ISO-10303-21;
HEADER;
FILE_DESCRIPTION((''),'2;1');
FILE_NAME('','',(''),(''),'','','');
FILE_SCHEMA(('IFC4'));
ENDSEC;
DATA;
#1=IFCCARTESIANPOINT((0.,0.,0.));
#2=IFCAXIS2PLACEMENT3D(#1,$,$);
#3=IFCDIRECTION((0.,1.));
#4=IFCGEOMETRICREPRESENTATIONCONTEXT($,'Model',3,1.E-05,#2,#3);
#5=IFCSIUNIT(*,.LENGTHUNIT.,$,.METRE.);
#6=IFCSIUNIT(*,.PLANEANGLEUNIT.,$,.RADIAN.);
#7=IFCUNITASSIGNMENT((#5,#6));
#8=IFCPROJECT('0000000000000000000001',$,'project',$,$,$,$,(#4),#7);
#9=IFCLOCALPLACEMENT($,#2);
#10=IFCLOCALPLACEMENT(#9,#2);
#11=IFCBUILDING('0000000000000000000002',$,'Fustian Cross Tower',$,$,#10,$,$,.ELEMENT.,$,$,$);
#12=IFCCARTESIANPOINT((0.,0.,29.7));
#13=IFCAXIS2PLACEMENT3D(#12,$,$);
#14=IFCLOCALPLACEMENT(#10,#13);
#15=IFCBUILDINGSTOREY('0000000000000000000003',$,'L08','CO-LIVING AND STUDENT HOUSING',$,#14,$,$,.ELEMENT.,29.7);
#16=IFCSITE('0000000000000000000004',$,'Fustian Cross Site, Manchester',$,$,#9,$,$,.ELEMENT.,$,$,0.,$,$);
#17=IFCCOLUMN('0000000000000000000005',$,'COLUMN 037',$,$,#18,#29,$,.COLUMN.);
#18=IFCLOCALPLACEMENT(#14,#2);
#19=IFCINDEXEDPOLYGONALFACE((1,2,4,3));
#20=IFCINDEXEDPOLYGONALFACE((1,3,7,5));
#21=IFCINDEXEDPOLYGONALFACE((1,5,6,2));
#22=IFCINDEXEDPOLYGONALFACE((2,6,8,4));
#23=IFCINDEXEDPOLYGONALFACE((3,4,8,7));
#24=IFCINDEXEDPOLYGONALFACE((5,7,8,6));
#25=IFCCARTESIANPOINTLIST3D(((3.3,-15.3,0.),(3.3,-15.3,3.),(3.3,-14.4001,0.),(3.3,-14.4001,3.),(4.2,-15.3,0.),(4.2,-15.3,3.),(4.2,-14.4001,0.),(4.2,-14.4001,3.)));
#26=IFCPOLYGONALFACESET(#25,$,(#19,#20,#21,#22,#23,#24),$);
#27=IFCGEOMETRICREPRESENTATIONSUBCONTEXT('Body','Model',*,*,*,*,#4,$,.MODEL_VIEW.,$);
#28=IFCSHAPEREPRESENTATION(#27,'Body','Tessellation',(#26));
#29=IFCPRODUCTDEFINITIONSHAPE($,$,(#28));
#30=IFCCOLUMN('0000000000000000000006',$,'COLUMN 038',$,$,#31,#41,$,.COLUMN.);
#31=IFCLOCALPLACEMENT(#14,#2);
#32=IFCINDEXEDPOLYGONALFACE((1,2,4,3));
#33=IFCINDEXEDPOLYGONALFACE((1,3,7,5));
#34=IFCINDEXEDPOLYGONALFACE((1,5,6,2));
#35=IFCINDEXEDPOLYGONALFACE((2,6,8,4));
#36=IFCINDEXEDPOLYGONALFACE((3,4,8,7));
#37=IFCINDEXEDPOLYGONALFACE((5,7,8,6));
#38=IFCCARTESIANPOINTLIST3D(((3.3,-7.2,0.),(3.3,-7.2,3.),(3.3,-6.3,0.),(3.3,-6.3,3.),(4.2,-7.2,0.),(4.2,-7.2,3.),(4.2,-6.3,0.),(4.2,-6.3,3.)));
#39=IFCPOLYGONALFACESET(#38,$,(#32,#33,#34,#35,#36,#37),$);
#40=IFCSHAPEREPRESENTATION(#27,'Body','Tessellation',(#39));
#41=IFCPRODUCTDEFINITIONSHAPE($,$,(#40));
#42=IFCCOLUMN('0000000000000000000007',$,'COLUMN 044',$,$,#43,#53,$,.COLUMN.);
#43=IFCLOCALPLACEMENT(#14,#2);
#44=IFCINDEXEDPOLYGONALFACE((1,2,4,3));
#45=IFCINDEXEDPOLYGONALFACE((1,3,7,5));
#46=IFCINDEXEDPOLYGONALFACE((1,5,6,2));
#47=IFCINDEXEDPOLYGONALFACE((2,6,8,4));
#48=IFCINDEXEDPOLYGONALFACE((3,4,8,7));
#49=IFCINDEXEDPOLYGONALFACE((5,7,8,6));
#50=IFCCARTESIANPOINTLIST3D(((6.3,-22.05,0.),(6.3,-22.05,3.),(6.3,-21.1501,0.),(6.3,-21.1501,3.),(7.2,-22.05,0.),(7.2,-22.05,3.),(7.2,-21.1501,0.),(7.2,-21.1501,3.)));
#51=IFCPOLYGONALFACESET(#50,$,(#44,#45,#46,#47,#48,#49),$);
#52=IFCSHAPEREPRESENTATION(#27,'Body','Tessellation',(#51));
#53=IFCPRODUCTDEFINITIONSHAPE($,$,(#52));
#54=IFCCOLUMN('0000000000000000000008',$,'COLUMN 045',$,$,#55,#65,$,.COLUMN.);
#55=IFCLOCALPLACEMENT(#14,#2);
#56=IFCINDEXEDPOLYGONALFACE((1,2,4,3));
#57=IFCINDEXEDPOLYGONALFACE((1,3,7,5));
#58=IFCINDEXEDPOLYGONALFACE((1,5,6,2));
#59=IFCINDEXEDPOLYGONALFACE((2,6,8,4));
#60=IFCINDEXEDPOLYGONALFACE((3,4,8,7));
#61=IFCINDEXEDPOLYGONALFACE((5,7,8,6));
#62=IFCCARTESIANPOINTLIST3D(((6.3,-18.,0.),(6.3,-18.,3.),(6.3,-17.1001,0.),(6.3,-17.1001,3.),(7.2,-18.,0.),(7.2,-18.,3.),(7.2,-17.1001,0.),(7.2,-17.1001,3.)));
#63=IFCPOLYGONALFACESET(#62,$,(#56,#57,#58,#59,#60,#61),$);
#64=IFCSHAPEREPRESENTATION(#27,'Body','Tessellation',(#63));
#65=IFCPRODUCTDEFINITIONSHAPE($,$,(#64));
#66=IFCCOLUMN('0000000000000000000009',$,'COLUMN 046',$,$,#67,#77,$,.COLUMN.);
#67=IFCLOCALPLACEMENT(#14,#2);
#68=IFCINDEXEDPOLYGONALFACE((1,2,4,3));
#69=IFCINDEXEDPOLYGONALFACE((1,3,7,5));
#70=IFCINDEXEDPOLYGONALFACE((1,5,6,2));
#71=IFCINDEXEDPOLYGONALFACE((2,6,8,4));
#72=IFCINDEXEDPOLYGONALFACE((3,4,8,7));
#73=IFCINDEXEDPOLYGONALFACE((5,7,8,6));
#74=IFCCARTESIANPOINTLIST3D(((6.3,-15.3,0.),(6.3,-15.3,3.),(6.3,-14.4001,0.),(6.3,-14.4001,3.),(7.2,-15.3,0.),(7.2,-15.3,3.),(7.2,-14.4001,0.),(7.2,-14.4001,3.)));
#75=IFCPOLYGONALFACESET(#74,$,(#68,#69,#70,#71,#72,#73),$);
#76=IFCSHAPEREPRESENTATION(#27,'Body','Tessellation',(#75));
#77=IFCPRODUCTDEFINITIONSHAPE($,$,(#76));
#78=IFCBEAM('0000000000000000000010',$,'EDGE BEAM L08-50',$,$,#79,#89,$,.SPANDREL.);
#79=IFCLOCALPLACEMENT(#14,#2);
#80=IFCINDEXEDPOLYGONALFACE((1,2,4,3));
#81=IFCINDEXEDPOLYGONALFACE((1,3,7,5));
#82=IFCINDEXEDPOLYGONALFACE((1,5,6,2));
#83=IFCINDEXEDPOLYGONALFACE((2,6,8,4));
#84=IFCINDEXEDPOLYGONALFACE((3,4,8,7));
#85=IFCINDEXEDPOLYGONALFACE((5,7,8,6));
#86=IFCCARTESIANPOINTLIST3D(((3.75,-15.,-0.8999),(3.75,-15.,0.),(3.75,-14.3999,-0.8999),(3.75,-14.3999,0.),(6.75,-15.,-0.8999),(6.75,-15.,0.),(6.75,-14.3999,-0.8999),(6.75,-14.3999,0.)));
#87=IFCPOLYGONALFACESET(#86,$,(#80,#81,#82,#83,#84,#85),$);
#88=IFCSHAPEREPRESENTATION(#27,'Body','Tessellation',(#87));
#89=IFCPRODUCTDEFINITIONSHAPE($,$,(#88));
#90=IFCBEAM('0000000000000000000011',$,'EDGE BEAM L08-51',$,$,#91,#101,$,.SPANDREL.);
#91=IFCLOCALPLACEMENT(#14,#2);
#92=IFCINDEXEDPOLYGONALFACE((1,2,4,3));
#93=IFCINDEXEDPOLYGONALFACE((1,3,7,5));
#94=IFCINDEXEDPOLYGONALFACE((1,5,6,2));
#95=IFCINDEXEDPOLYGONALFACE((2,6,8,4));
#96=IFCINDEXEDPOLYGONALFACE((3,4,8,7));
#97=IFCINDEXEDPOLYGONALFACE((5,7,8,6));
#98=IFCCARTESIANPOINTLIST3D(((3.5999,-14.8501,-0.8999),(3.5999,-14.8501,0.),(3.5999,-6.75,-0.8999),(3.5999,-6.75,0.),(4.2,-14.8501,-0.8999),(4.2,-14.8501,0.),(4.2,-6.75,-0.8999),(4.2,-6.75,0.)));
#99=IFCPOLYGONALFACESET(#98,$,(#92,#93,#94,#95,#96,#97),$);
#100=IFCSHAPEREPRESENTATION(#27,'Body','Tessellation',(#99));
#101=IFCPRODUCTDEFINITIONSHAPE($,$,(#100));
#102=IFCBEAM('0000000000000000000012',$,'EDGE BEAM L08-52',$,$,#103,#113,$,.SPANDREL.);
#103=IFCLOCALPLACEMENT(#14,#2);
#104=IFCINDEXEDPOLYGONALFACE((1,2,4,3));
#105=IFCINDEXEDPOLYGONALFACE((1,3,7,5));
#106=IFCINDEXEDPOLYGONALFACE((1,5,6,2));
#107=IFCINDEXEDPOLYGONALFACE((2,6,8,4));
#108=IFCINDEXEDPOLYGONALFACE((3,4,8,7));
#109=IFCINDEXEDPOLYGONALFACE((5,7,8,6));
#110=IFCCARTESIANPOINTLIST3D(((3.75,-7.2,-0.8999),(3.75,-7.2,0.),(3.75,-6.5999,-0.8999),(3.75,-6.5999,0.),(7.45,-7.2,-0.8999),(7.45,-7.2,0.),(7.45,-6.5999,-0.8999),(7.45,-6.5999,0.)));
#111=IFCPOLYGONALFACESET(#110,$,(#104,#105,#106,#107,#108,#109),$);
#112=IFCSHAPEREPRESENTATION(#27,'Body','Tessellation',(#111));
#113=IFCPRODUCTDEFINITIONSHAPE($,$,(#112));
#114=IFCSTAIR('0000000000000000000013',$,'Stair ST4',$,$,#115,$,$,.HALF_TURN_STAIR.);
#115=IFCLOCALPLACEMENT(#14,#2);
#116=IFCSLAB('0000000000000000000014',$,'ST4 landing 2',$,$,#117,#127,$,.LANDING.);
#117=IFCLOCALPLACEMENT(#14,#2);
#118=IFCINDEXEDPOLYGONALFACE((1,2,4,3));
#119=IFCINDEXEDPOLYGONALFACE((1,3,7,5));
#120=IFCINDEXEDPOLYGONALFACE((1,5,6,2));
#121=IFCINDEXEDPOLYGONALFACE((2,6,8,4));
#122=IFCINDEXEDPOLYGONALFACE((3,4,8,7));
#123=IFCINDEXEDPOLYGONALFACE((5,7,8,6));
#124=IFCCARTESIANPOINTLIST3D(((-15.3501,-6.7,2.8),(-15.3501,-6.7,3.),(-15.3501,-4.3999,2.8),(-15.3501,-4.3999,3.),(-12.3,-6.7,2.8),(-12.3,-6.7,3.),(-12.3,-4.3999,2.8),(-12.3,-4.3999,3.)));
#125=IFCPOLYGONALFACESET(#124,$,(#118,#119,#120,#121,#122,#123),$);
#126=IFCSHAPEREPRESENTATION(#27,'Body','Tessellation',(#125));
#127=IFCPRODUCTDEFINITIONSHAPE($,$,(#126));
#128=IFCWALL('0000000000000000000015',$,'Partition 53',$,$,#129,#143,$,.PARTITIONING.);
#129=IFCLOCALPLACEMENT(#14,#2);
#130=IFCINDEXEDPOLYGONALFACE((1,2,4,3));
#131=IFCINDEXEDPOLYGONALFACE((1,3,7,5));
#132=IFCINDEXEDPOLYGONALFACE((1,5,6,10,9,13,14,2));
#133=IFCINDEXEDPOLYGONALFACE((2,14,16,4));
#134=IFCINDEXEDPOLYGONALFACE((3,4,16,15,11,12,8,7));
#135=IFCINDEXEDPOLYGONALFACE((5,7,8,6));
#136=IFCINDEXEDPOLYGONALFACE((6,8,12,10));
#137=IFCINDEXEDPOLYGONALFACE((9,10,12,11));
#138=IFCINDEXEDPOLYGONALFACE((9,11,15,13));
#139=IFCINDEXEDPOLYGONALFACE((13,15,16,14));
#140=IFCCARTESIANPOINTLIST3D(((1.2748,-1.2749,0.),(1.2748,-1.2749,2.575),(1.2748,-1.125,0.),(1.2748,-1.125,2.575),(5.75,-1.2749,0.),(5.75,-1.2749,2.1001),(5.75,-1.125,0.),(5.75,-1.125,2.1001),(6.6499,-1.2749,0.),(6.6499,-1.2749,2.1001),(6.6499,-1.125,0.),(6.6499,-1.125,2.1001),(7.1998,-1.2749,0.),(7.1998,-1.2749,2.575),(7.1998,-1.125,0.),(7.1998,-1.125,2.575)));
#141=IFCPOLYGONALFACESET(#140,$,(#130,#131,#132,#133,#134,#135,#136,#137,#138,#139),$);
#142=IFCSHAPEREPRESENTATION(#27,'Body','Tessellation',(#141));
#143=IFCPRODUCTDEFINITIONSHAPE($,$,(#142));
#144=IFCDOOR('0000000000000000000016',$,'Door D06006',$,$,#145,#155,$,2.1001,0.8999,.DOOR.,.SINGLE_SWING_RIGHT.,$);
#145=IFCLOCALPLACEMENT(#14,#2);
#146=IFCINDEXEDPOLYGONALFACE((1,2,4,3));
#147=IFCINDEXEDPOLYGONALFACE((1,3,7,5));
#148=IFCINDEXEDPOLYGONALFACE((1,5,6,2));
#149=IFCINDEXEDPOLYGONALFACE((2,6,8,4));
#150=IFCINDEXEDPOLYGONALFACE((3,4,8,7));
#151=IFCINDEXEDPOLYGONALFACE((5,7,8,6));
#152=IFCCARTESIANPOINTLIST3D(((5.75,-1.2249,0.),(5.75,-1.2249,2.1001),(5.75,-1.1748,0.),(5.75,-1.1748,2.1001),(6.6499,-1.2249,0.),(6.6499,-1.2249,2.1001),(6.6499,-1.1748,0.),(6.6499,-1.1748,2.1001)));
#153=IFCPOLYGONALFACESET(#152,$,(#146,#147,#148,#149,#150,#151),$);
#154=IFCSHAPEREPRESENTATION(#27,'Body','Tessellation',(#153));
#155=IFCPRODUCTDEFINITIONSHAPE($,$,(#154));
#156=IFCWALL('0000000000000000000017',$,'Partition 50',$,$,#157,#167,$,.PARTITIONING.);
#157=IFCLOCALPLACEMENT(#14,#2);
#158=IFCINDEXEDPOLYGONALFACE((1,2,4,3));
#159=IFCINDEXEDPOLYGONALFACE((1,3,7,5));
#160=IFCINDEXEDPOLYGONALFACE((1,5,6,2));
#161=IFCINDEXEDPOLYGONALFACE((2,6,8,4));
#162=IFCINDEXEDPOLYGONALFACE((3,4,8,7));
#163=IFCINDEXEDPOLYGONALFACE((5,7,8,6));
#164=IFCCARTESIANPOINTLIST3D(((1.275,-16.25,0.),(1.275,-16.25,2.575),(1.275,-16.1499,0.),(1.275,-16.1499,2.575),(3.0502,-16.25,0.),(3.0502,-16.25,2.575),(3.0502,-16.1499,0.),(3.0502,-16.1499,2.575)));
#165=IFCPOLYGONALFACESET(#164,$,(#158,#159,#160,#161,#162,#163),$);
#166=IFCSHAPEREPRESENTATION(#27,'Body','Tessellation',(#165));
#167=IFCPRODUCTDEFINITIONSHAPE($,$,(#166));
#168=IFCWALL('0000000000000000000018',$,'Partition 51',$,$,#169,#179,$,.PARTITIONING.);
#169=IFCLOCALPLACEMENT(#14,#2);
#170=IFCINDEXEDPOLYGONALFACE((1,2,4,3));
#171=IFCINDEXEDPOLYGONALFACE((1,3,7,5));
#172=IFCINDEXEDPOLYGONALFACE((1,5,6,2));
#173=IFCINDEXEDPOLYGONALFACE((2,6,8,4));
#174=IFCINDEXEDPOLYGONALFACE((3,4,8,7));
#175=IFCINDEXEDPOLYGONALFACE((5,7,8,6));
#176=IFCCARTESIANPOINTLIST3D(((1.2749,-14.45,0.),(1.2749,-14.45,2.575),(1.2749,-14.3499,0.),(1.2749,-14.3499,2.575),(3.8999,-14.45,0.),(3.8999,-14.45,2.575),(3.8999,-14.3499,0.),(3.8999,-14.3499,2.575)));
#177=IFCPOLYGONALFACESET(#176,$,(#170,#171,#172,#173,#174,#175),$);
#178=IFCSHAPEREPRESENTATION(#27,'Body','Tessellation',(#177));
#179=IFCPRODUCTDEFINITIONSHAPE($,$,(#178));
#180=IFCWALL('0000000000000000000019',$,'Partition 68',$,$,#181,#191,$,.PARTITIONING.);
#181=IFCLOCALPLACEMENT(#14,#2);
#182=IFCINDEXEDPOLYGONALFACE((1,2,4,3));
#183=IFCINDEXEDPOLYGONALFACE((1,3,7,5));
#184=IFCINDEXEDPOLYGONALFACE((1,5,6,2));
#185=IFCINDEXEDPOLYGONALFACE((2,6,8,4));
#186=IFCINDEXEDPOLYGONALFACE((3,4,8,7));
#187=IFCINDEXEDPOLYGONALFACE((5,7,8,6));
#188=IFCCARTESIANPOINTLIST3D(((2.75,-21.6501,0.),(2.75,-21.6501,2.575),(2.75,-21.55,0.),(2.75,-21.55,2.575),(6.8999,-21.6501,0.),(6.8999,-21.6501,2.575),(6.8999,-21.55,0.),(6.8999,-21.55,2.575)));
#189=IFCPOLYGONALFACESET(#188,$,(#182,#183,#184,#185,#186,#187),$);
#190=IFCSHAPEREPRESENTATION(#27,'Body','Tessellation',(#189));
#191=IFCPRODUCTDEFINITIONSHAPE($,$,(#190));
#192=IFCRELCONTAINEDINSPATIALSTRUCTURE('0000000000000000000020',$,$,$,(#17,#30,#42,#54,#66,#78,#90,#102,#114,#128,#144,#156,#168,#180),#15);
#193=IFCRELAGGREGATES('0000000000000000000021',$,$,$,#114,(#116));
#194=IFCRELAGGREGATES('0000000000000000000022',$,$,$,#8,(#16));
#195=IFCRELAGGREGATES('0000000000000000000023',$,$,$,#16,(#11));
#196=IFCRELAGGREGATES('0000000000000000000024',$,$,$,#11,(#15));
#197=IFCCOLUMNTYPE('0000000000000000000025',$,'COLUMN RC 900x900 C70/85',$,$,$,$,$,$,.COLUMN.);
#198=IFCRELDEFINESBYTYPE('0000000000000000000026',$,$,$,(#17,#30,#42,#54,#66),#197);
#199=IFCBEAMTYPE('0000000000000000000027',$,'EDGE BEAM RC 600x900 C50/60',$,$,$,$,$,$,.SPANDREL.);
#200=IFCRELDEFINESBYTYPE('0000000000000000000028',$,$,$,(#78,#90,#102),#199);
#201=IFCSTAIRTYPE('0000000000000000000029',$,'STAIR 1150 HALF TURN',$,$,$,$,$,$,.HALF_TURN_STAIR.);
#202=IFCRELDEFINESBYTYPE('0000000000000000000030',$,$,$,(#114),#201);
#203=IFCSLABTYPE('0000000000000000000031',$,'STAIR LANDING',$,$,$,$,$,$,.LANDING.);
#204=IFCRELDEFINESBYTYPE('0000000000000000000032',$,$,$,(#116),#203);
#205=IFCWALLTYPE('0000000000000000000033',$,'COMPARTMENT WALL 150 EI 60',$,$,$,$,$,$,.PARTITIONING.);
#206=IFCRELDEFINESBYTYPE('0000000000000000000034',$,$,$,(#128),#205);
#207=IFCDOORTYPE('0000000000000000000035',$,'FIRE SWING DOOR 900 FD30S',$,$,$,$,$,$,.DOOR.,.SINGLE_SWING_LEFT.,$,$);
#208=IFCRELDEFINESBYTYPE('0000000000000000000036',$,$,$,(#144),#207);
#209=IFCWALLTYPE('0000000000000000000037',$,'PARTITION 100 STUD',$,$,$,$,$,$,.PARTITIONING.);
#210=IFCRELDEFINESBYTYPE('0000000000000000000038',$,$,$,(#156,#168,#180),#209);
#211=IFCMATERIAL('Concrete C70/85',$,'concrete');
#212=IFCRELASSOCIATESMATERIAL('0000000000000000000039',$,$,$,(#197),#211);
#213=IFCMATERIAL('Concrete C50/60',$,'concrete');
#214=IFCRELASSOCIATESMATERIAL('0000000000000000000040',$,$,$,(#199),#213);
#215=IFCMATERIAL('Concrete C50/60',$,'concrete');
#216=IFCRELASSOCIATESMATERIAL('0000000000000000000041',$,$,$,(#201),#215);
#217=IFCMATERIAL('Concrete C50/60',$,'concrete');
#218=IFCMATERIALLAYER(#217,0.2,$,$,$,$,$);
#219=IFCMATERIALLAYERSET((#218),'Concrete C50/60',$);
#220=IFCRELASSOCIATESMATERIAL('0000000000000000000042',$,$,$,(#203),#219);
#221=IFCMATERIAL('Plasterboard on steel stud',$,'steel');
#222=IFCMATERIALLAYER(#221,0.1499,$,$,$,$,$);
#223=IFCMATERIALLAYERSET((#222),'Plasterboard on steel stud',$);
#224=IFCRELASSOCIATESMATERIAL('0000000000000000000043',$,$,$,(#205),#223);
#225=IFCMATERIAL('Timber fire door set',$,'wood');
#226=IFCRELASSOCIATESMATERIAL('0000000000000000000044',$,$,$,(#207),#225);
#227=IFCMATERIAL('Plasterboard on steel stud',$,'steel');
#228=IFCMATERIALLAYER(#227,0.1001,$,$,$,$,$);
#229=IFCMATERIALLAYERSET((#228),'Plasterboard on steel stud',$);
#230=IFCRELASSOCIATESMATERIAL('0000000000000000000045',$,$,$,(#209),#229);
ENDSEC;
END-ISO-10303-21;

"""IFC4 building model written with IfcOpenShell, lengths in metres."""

from ifc_helpers import new_model, si_unit, direction, frame, frame_2d, origin, origin_2d, place, context, subcontext, project, spatial, polyline, rectangle, outline, extrude, material, layer, layer_set, material_profile, profile_set, type_object, element, fill, aggregate, save


model = new_model("IFC4")

# Units and contexts
model_context = context("Model", 3, precision=1e-05, world=origin(), true_north=direction((0.0, 1.0)))
body_context = subcontext(model_context, "Body", "Model", "MODEL_VIEW")
ifc_project = project(units=[si_unit("LENGTHUNIT", "METRE"), si_unit("PLANEANGLEUNIT", "RADIAN")], contexts=[model_context])

# Site, building, storey
site_placement = place(None, origin())
site = spatial("IfcSite", under=ifc_project, at=site_placement, Name="Fustian Cross Site, Manchester", CompositionType="ELEMENT", RefElevation=0.0)
building_placement = place(site_placement, origin())
building = spatial("IfcBuilding", under=site, at=building_placement, Name="Fustian Cross Tower", CompositionType="ELEMENT")
storey_placement = place(building_placement, frame((0.0, 0.0, 29.7)))
storey = spatial("IfcBuildingStorey", under=building, at=storey_placement, Name="L08", Description="CO-LIVING AND STUDENT HOUSING", CompositionType="ELEMENT", Elevation=29.7)

# Columns
ifc_material_1 = material(Name="Concrete C70/85", Category="concrete")
ifc_material_profile_1 = material_profile(ifc_material_1, rectangle(XDim=0.8999, YDim=0.8999, at=origin_2d()), Name="RC 900x900")
ifc_profile_set_1 = profile_set([ifc_material_profile_1], Name="Concrete C70/85")
column_type = type_object("IfcColumnType", Name="COLUMN RC 900x900 C70/85", PredefinedType="COLUMN", material=ifc_profile_set_1)
for number, where, z_axis, x_axis, name in (
    (1, (3.75, -14.8501, 0.0), (0.0, 0.0, 1.0), (1.0, 0.0, 0.0), "COLUMN 037"),
    (2, (3.75, -6.75, 0.0), (0.0, 0.0, 1.0), (1.0, 0.0, 0.0), "COLUMN 038"),
    (3, (6.75, -21.6001, 0.0), (0.0, 0.0, 1.0), (1.0, 0.0, 0.0), "COLUMN 044"),
    (4, (6.75, -17.55, 0.0), (0.0, 0.0, 1.0), (1.0, 0.0, 0.0), "COLUMN 045"),
    (5, (6.75, -14.8501, 0.0), (0.0, 0.0, 1.0), (1.0, 0.0, 0.0), "COLUMN 046"),
):
    element("IfcColumn", number, at=place(storey_placement, frame(where, z_axis=z_axis, x_axis=x_axis)), inside=storey, type_object=column_type, Name=name, PredefinedType="COLUMN", context=body_context, shape_type="SweptSolid", body=[
        extrude(rectangle(XDim=0.8999, YDim=0.8999, at=origin_2d()), origin(), (0.0, 0.0, 1.0), 3.0),
    ])

# Beams
ifc_material_2 = material(Name="Concrete C50/60", Category="concrete")
ifc_material_profile_2 = material_profile(ifc_material_2, rectangle(XDim=0.6001, YDim=0.8999, at=origin_2d()), Name="RC 600x900")
ifc_profile_set_2 = profile_set([ifc_material_profile_2], Name="Concrete C50/60")
beam_type = type_object("IfcBeamType", Name="EDGE BEAM RC 600x900 C50/60", PredefinedType="SPANDREL", material=ifc_profile_set_2)
beam_1_placement = place(storey_placement, frame((6.75, -14.7, -0.45), z_axis=(-1.0, 0.0, 0.0), x_axis=(0.0, -1.0, 0.0)))
element("IfcBeam", 6, at=beam_1_placement, inside=storey, type_object=beam_type, Name="EDGE BEAM L08-50", PredefinedType="SPANDREL", context=body_context, shape_type="SweptSolid", body=[
    extrude(rectangle(XDim=0.6001, YDim=0.8999, at=origin_2d()), origin(), (0.0, 0.0, 1.0), 3.0),
])
beam_2_placement = place(storey_placement, frame((3.8999, -14.8501, -0.45), z_axis=(0.0, 1.0, 0.0), x_axis=(-1.0, 0.0, 0.0)))
element("IfcBeam", 7, at=beam_2_placement, inside=storey, type_object=beam_type, Name="EDGE BEAM L08-51", PredefinedType="SPANDREL", context=body_context, shape_type="SweptSolid", body=[
    extrude(rectangle(XDim=0.6001, YDim=0.8999, at=origin_2d()), origin(), (0.0, 0.0, 1.0), 8.1001),
])
beam_3_placement = place(storey_placement, frame((3.75, -6.8999, -0.45), z_axis=(1.0, 0.0, 0.0), x_axis=(0.0, 1.0, 0.0)))
element("IfcBeam", 8, at=beam_3_placement, inside=storey, type_object=beam_type, Name="EDGE BEAM L08-52", PredefinedType="SPANDREL", context=body_context, shape_type="SweptSolid", body=[
    extrude(rectangle(XDim=0.6001, YDim=0.8999, at=origin_2d()), origin(), (0.0, 0.0, 1.0), 3.7),
])

# Stair, slab
ifc_material_3 = material(Name="Concrete C50/60", Category="concrete")
stair_type = type_object("IfcStairType", Name="STAIR 1150 HALF TURN", PredefinedType="HALF_TURN_STAIR", material=ifc_material_3)
stair_placement = place(storey_placement, origin())
stair = element("IfcStair", 9, at=stair_placement, inside=storey, type_object=stair_type, Name="Stair ST4", PredefinedType="HALF_TURN_STAIR")
ifc_material_4 = material(Name="Concrete C50/60", Category="concrete")
ifc_layer_1 = layer(ifc_material_4, 0.2)
ifc_layer_set_1 = layer_set([ifc_layer_1], Name="Concrete C50/60")
slab_type = type_object("IfcSlabType", Name="STAIR LANDING", PredefinedType="LANDING", material=ifc_layer_set_1)
slab_placement = place(storey_placement, frame((0.0, 0.0, 2.8)))
slab = element("IfcSlab", 10, at=slab_placement, type_object=slab_type, Name="ST4 landing 2", PredefinedType="LANDING", context=body_context, shape_type="SweptSolid", body=[
    extrude(outline(polyline([(-12.3, -4.3999), (-15.3501, -4.3999), (-15.3501, -6.7), (-12.3, -6.7), (-12.3, -4.3999)])), origin(), (0.0, 0.0, 1.0), 0.2),
])
aggregate(stair, [slab])

# Wall, opening, door
ifc_material_5 = material(Name="Plasterboard on steel stud", Category="steel")
ifc_layer_2 = layer(ifc_material_5, 0.1499)
ifc_layer_set_2 = layer_set([ifc_layer_2], Name="Plasterboard on steel stud")
wall_type_1 = type_object("IfcWallType", Name="COMPARTMENT WALL 150 EI 60", PredefinedType="PARTITIONING", material=ifc_layer_set_2)
wall_1_placement = place(storey_placement, frame((1.2749, -1.2, 0.0), z_axis=(0.0, 0.0, 1.0), x_axis=(1.0, 0.0, 0.0)))
wall_1 = element("IfcWall", 11, at=wall_1_placement, inside=storey, type_object=wall_type_1, Name="Partition 53", PredefinedType="PARTITIONING", context=body_context, shape_type="SweptSolid", body=[
    extrude(rectangle(XDim=5.925, YDim=0.1499, at=frame_2d((2.9624, 0.0))), origin(), (0.0, 0.0, 1.0), 2.575),
])
opening_1_placement = place(wall_1_placement, frame((4.4751, 0.0, 0.0)))
opening_1 = element("IfcOpeningElement", 12, at=opening_1_placement, cuts=wall_1, PredefinedType="OPENING", context=body_context, shape_type="SweptSolid", body=[
    extrude(rectangle(XDim=0.8999, YDim=2.1001, at=frame_2d((0.45, 1.05))), frame((0.0, 0.085, 0.0), z_axis=(0.0, -1.0, 0.0), x_axis=(1.0, 0.0, 0.0)), (0.0, 0.0, 1.0), 0.1699),
])
ifc_material_6 = material(Name="Timber fire door set", Category="wood")
door_type_1 = type_object("IfcDoorType", Name="FIRE SWING DOOR 900 FD30S", OperationType="SINGLE_SWING_LEFT", PredefinedType="DOOR", material=ifc_material_6)
door_1_placement = place(opening_1_placement, frame((0.8999, 0.0, 0.0), z_axis=(0.0, 0.0, 1.0), x_axis=(-1.0, 0.0, 0.0)))
door_1 = element("IfcDoor", 13, at=door_1_placement, inside=storey, type_object=door_type_1, Name="Door D06006", OperationType="SINGLE_SWING_RIGHT", OverallHeight=2.1001, OverallWidth=0.8999, PredefinedType="DOOR", context=body_context, shape_type="SweptSolid", body=[
    extrude(rectangle(XDim=0.8999, YDim=2.1001, at=frame_2d((0.45, 1.05))), frame((0.0, 0.0249, 0.0), z_axis=(0.0, -1.0, 0.0), x_axis=(1.0, 0.0, 0.0)), (0.0, 0.0, 1.0), 0.05),
])
fill(opening_1, door_1)

# Walls
ifc_material_7 = material(Name="Plasterboard on steel stud", Category="steel")
ifc_layer_3 = layer(ifc_material_7, 0.1001)
ifc_layer_set_3 = layer_set([ifc_layer_3], Name="Plasterboard on steel stud")
wall_type_2 = type_object("IfcWallType", Name="PARTITION 100 STUD", PredefinedType="PARTITIONING", material=ifc_layer_set_3)
wall_2_placement = place(storey_placement, frame((1.2749, -16.2, 0.0), z_axis=(0.0, 0.0, 1.0), x_axis=(1.0, 0.0, 0.0)))
element("IfcWall", 14, at=wall_2_placement, inside=storey, type_object=wall_type_2, Name="Partition 50", PredefinedType="PARTITIONING", context=body_context, shape_type="SweptSolid", body=[
    extrude(rectangle(XDim=1.7751, YDim=0.1001, at=frame_2d((0.8877, 0.0))), origin(), (0.0, 0.0, 1.0), 2.575),
])
wall_3_placement = place(storey_placement, frame((1.2749, -14.3999, 0.0), z_axis=(0.0, 0.0, 1.0), x_axis=(1.0, 0.0, 0.0)))
element("IfcWall", 15, at=wall_3_placement, inside=storey, type_object=wall_type_2, Name="Partition 51", PredefinedType="PARTITIONING", context=body_context, shape_type="SweptSolid", body=[
    extrude(rectangle(XDim=2.625, YDim=0.1001, at=frame_2d((1.3125, 0.0))), origin(), (0.0, 0.0, 1.0), 2.575),
])
wall_4_placement = place(storey_placement, frame((2.75, -21.6001, 0.0), z_axis=(0.0, 0.0, 1.0), x_axis=(1.0, 0.0, 0.0)))
element("IfcWall", 16, at=wall_4_placement, inside=storey, type_object=wall_type_2, Name="Partition 68", PredefinedType="PARTITIONING", context=body_context, shape_type="SweptSolid", body=[
    extrude(rectangle(XDim=4.1499, YDim=0.1001, at=frame_2d((2.075, 0.0))), origin(), (0.0, 0.0, 1.0), 2.575),
])

save(model, "model.ifc")
